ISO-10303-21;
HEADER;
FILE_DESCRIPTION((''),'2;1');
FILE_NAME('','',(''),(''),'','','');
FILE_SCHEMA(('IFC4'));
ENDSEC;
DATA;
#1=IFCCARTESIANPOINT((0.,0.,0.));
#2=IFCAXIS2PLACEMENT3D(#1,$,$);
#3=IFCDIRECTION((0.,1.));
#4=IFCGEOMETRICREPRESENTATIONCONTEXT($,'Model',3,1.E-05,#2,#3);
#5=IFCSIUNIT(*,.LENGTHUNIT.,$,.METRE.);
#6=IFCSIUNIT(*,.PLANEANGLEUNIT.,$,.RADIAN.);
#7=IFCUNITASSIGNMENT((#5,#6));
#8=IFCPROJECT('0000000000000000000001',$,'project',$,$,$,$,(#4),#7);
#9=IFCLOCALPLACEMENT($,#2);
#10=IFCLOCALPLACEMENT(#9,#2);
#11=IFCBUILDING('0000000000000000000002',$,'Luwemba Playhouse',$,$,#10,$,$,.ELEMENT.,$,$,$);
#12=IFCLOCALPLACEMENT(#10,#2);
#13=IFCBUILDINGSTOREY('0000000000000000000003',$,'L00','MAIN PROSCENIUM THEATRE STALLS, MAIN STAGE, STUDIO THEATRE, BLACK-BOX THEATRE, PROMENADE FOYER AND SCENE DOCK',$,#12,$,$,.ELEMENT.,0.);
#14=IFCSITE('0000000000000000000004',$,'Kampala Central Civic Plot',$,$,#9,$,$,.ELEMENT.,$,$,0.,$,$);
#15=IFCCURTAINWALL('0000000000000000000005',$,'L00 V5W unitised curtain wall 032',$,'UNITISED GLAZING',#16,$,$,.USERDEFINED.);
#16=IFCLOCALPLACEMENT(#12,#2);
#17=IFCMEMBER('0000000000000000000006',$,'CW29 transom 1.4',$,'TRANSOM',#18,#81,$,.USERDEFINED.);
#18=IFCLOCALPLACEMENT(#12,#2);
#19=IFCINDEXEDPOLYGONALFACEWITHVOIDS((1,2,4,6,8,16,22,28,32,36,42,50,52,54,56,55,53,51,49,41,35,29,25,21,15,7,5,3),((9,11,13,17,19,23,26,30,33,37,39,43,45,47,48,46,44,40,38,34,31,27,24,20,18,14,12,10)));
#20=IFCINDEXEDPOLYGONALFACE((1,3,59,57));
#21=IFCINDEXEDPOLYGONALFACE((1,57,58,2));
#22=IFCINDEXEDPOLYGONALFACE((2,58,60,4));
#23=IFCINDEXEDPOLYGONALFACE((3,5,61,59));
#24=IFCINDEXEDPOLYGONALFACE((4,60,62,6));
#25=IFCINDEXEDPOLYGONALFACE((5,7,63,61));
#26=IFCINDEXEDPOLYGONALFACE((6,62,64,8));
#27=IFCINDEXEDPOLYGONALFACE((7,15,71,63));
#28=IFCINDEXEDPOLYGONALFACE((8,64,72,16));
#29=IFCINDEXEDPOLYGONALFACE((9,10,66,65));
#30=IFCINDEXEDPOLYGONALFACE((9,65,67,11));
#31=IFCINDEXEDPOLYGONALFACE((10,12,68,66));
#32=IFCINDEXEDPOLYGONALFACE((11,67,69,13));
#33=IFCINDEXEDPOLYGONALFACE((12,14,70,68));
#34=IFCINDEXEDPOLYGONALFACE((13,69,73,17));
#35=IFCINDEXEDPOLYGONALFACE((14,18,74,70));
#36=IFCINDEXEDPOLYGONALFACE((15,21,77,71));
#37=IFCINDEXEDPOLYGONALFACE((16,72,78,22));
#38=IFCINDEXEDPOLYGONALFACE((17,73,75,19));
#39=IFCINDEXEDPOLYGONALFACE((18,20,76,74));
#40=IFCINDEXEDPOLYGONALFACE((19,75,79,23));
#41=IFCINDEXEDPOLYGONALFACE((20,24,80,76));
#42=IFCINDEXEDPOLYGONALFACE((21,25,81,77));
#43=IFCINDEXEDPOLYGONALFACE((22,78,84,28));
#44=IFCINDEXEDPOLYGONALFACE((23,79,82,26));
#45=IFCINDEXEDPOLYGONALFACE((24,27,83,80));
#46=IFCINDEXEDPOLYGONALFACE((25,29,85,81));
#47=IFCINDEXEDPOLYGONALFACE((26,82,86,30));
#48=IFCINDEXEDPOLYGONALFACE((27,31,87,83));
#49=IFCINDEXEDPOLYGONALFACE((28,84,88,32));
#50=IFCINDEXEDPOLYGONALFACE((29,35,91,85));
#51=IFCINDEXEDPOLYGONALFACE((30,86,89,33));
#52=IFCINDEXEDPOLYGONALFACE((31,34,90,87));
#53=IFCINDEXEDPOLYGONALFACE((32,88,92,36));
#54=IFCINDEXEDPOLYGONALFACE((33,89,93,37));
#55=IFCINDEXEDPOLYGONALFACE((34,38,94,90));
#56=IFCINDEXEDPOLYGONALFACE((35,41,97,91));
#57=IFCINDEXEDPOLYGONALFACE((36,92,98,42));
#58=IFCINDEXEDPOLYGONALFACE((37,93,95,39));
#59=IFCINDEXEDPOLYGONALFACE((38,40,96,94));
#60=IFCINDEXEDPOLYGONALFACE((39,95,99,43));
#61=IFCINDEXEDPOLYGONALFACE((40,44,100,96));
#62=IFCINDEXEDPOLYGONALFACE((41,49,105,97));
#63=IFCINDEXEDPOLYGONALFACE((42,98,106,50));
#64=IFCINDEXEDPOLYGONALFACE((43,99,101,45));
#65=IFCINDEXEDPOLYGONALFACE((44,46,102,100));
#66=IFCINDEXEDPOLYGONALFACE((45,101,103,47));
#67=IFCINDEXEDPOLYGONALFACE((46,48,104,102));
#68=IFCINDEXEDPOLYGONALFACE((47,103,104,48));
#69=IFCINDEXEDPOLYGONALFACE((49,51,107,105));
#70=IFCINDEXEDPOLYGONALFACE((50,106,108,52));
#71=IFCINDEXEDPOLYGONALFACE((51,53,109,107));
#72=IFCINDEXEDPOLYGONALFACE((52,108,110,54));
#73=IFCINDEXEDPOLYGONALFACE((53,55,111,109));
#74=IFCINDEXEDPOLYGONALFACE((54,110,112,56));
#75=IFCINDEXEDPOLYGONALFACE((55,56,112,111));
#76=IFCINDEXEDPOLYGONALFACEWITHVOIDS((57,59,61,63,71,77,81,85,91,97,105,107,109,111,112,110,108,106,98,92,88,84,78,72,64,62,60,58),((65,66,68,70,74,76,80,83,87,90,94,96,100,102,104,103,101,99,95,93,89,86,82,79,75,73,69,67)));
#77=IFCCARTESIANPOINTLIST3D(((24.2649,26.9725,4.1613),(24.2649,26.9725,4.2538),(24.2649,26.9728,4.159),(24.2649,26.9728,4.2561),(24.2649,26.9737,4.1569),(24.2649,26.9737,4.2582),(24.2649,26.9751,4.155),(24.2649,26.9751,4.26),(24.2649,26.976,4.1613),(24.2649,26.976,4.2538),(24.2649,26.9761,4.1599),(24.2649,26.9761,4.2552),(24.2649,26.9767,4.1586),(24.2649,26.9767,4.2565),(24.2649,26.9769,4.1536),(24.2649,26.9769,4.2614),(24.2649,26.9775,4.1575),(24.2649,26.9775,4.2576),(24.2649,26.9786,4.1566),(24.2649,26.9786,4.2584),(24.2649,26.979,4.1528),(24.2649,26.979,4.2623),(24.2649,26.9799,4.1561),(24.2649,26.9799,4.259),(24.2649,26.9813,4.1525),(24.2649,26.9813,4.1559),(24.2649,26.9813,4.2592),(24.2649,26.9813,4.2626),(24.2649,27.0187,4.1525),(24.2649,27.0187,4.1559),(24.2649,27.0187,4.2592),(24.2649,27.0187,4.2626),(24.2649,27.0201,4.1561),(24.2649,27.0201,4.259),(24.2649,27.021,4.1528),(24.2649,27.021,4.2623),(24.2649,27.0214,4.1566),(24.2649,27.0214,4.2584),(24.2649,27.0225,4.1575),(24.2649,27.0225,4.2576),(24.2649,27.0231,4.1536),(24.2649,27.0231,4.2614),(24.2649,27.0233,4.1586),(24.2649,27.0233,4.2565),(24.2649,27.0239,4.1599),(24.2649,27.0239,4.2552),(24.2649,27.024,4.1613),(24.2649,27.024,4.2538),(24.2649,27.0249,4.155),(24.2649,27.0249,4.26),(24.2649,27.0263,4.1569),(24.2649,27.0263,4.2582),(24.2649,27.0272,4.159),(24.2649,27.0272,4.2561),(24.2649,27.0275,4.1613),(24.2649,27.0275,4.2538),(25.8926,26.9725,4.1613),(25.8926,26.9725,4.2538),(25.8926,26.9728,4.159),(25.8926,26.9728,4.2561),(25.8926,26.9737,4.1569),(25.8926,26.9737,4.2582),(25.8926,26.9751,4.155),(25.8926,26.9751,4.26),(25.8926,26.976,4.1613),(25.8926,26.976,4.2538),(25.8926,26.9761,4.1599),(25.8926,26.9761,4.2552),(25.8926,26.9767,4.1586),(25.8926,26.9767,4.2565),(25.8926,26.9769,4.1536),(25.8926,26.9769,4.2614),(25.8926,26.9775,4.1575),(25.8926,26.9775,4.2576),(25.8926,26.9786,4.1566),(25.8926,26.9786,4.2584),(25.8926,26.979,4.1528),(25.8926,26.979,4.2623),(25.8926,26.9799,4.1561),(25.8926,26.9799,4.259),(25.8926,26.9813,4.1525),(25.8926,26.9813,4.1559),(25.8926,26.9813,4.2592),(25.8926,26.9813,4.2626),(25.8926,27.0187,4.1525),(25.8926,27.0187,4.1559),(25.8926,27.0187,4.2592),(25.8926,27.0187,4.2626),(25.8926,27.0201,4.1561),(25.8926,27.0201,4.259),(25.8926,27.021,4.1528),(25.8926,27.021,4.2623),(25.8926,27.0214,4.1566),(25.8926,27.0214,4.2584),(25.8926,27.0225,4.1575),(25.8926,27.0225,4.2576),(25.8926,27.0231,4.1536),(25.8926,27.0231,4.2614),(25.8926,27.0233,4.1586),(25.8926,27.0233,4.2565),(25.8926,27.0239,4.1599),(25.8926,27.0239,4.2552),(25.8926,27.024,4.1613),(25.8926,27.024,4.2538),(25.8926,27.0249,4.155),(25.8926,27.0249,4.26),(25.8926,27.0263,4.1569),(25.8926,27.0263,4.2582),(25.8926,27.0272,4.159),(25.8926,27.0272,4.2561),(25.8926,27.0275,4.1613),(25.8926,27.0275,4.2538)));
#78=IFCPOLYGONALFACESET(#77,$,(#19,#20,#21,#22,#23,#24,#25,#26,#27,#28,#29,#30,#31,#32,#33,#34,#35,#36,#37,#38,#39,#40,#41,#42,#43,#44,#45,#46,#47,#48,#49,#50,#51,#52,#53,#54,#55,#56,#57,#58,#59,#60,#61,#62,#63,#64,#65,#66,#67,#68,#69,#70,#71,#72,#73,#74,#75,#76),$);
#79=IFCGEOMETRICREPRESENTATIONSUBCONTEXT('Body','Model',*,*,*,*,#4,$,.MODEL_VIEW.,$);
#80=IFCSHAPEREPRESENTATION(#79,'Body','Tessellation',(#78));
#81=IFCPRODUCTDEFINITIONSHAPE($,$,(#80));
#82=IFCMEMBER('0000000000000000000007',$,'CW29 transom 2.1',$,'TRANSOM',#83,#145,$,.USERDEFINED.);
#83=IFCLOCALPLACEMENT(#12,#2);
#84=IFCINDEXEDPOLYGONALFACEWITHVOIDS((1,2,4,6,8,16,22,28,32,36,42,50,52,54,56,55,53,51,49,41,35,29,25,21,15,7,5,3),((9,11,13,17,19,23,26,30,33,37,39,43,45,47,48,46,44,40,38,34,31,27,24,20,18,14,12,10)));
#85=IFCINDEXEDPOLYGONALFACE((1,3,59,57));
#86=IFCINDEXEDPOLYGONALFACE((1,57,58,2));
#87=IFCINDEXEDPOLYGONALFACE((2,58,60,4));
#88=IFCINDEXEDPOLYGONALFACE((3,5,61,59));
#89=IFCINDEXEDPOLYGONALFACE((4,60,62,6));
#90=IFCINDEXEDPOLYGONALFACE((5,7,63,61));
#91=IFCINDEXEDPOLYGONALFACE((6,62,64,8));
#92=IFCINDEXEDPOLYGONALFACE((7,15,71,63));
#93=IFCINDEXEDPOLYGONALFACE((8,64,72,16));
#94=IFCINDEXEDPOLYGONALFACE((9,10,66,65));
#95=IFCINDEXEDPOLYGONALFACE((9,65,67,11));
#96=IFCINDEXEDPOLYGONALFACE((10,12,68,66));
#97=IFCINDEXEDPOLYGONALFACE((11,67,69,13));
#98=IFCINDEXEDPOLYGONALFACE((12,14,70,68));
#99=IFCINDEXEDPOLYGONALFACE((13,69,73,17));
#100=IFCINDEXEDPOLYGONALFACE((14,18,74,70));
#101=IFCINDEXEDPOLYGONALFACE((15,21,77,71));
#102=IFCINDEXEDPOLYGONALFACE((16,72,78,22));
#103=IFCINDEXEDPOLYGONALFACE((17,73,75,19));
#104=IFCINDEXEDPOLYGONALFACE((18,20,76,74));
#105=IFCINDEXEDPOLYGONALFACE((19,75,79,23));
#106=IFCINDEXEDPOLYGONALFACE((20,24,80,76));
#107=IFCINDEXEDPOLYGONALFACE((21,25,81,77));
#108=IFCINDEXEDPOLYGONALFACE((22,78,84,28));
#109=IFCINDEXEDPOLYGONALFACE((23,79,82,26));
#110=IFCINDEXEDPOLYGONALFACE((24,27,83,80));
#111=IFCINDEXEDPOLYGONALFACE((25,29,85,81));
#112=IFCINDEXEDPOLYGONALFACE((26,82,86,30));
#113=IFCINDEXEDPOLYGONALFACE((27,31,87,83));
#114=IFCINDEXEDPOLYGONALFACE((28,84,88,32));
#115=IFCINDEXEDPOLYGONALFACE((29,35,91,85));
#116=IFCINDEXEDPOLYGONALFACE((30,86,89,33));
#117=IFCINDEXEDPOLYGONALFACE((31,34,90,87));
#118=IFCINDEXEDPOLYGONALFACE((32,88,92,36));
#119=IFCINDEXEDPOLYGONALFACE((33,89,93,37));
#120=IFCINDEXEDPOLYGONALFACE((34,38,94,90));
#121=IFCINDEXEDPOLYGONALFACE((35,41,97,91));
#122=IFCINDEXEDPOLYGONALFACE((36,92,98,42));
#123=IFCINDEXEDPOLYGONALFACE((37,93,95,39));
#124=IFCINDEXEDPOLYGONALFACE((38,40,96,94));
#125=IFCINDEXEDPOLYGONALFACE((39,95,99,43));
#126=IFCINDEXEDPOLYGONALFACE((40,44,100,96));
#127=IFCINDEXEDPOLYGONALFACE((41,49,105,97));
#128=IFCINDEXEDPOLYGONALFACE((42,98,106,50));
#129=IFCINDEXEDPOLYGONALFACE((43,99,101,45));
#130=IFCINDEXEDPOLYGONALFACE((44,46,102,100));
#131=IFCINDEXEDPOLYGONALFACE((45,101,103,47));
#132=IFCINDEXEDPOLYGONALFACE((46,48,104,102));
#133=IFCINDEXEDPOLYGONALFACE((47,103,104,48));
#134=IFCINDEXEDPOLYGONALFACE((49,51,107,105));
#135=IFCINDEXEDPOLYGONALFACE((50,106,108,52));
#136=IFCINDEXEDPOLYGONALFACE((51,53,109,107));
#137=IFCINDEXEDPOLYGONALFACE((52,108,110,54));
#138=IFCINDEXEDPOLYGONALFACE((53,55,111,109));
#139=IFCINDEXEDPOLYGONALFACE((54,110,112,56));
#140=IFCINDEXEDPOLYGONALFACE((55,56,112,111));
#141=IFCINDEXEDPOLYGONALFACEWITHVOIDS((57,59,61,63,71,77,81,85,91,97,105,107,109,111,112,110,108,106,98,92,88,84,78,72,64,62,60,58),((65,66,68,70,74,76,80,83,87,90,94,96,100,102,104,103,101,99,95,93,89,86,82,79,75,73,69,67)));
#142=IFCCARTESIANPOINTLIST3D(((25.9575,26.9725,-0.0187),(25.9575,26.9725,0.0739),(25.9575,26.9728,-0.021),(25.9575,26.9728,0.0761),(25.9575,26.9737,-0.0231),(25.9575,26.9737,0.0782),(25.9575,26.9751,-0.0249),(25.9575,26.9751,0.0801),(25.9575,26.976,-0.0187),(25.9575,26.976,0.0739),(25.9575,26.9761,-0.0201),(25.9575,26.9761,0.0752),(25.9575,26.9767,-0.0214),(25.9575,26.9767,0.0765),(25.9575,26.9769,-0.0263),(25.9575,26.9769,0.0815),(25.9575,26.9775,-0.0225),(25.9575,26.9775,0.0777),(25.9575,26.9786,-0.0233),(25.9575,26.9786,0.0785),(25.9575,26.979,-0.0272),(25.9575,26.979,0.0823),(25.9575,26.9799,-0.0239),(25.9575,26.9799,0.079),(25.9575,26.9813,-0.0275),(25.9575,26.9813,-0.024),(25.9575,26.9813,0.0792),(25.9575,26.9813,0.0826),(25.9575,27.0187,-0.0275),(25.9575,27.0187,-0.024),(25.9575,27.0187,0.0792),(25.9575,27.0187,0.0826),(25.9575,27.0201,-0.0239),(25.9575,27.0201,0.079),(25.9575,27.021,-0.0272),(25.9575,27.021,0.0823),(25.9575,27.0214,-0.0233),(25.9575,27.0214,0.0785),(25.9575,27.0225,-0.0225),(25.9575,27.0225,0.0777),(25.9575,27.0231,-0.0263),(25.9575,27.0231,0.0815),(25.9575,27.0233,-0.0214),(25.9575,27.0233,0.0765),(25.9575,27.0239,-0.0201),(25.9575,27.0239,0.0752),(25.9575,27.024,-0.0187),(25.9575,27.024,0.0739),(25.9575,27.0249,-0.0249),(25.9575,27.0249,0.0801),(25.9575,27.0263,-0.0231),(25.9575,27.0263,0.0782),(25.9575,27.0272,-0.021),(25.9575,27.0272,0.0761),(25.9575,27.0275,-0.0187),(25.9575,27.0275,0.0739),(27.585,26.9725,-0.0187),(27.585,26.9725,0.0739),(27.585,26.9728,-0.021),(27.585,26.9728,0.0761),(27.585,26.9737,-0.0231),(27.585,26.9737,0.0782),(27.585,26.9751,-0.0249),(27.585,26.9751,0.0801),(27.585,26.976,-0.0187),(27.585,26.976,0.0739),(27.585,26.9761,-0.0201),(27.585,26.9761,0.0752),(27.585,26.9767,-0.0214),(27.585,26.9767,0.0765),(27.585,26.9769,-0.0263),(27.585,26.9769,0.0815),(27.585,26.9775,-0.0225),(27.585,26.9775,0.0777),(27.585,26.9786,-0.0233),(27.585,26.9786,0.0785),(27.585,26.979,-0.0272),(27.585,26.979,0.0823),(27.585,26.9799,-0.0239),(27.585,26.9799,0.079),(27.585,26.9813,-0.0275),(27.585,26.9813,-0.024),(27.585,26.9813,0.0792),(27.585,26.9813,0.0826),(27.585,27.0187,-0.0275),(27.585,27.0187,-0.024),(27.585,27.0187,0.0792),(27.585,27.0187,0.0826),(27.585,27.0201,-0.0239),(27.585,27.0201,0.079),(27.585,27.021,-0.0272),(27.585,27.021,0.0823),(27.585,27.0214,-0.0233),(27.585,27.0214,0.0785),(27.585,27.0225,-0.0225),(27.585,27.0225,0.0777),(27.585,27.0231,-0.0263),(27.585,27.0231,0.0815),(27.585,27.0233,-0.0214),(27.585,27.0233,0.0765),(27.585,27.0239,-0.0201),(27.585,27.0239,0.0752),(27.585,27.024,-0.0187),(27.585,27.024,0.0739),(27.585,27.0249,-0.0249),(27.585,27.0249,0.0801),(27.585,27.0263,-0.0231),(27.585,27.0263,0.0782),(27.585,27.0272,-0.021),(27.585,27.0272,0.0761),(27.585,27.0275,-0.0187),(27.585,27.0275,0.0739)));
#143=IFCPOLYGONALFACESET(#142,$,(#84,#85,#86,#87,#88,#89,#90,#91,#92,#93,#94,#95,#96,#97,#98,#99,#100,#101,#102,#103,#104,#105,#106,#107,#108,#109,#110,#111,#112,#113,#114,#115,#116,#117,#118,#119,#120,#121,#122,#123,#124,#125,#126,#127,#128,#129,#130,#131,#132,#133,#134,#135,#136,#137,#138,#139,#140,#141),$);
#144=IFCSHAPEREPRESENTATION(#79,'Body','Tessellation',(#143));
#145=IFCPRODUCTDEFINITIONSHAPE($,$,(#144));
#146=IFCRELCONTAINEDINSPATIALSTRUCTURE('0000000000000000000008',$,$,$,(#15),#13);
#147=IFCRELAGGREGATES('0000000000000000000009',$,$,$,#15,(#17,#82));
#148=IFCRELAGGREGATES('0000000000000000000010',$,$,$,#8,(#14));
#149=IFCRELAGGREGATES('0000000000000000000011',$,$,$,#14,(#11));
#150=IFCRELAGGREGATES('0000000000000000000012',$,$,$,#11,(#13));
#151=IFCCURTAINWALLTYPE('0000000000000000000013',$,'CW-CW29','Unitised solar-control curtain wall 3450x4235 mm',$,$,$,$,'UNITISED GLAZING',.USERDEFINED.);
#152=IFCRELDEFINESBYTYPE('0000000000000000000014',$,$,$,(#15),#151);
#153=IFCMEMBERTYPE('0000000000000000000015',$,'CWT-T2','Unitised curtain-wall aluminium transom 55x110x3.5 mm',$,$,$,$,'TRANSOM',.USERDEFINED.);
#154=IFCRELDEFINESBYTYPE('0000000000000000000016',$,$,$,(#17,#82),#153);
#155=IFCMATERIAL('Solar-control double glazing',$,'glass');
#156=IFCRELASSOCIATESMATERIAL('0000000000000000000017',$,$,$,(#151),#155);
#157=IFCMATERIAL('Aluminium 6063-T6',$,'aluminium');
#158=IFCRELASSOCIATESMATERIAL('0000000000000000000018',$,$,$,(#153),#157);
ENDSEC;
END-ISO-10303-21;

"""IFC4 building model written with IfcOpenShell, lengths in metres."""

from ifc_helpers import new_model, si_unit, direction, frame, origin, origin_2d, place, context, subcontext, project, spatial, hollow_rectangle, extrude, material, material_profile, profile_set, type_object, element, aggregate, save


model = new_model("IFC4")

# Units and contexts
model_context = context("Model", 3, precision=1e-05, world=origin(), true_north=direction((0.0, 1.0)))
body_context = subcontext(model_context, "Body", "Model", "MODEL_VIEW")
ifc_project = project(units=[si_unit("LENGTHUNIT", "METRE"), si_unit("PLANEANGLEUNIT", "RADIAN")], contexts=[model_context])

# Site, building, storey
site_placement = place(None, origin())
site = spatial("IfcSite", under=ifc_project, at=site_placement, Name="Kampala Central Civic Plot", CompositionType="ELEMENT", RefElevation=0.0)
building_placement = place(site_placement, origin())
building = spatial("IfcBuilding", under=site, at=building_placement, Name="Luwemba Playhouse", CompositionType="ELEMENT")
storey_placement = place(building_placement, origin())
storey = spatial("IfcBuildingStorey", under=building, at=storey_placement, Name="L00", Description="MAIN PROSCENIUM THEATRE STALLS, MAIN STAGE, STUDIO THEATRE, BLACK-BOX THEATRE, PROMENADE FOYER AND SCENE DOCK", CompositionType="ELEMENT", Elevation=0.0)

# Shared definitions
ifc_material_1 = material(Name="Solar-control double glazing", Category="glass")
ifc_material_2 = material(Name="Aluminium 6063-T6", Category="aluminium")

# Curtain wall
curtain_wall_type_1 = type_object("IfcCurtainWallType", Name="CW-CW29", Description="Unitised solar-control curtain wall 3450x4235 mm", ElementType="UNITISED GLAZING", PredefinedType="USERDEFINED", material=ifc_material_1)
curtain_wall_1_placement = place(storey_placement, origin())
curtain_wall_1 = element("IfcCurtainWall", 1, at=curtain_wall_1_placement, inside=storey, type_object=curtain_wall_type_1, Name="L00 V5W unitised curtain wall 032", ObjectType="UNITISED GLAZING", PredefinedType="USERDEFINED")

# Members
ifc_material_profile_1 = material_profile(ifc_material_2, hollow_rectangle(XDim=0.0549, YDim=0.1101, WallThickness=0.0034, InnerFilletRadius=0.0054, OuterFilletRadius=0.0088, at=origin_2d()))
ifc_profile_set_1 = profile_set([ifc_material_profile_1], Name="Aluminium 6063-T6")
member_type_1 = type_object("IfcMemberType", Name="CWT-T2", Description="Unitised curtain-wall aluminium transom 55x110x3.5 mm", ElementType="TRANSOM", PredefinedType="USERDEFINED", material=ifc_profile_set_1)
member_1_placement = place(storey_placement, frame((24.2649, 27.0, 4.2075), z_axis=(1.0, 0.0, 0.0), x_axis=(0.0, 1.0, 0.0)))
member_1 = element("IfcMember", 2, at=member_1_placement, type_object=member_type_1, Name="CW29 transom 1.4", ObjectType="TRANSOM", PredefinedType="USERDEFINED", context=body_context, shape_type="SweptSolid", body=[
    extrude(hollow_rectangle(XDim=0.0549, YDim=0.1101, WallThickness=0.0034, InnerFilletRadius=0.0054, OuterFilletRadius=0.0088, at=origin_2d()), origin(), (0.0, 0.0, 1.0), 1.6277),
])
member_2_placement = place(storey_placement, frame((25.9575, 27.0, 0.0276), z_axis=(1.0, 0.0, 0.0), x_axis=(0.0, 1.0, 0.0)))
member_2 = element("IfcMember", 3, at=member_2_placement, type_object=member_type_1, Name="CW29 transom 2.1", ObjectType="TRANSOM", PredefinedType="USERDEFINED", context=body_context, shape_type="SweptSolid", body=[
    extrude(hollow_rectangle(XDim=0.0549, YDim=0.1101, WallThickness=0.0034, InnerFilletRadius=0.0054, OuterFilletRadius=0.0088, at=origin_2d()), origin(), (0.0, 0.0, 1.0), 1.6274),
])

aggregate(curtain_wall_1, [member_1, member_2])

save(model, "model.ifc")
